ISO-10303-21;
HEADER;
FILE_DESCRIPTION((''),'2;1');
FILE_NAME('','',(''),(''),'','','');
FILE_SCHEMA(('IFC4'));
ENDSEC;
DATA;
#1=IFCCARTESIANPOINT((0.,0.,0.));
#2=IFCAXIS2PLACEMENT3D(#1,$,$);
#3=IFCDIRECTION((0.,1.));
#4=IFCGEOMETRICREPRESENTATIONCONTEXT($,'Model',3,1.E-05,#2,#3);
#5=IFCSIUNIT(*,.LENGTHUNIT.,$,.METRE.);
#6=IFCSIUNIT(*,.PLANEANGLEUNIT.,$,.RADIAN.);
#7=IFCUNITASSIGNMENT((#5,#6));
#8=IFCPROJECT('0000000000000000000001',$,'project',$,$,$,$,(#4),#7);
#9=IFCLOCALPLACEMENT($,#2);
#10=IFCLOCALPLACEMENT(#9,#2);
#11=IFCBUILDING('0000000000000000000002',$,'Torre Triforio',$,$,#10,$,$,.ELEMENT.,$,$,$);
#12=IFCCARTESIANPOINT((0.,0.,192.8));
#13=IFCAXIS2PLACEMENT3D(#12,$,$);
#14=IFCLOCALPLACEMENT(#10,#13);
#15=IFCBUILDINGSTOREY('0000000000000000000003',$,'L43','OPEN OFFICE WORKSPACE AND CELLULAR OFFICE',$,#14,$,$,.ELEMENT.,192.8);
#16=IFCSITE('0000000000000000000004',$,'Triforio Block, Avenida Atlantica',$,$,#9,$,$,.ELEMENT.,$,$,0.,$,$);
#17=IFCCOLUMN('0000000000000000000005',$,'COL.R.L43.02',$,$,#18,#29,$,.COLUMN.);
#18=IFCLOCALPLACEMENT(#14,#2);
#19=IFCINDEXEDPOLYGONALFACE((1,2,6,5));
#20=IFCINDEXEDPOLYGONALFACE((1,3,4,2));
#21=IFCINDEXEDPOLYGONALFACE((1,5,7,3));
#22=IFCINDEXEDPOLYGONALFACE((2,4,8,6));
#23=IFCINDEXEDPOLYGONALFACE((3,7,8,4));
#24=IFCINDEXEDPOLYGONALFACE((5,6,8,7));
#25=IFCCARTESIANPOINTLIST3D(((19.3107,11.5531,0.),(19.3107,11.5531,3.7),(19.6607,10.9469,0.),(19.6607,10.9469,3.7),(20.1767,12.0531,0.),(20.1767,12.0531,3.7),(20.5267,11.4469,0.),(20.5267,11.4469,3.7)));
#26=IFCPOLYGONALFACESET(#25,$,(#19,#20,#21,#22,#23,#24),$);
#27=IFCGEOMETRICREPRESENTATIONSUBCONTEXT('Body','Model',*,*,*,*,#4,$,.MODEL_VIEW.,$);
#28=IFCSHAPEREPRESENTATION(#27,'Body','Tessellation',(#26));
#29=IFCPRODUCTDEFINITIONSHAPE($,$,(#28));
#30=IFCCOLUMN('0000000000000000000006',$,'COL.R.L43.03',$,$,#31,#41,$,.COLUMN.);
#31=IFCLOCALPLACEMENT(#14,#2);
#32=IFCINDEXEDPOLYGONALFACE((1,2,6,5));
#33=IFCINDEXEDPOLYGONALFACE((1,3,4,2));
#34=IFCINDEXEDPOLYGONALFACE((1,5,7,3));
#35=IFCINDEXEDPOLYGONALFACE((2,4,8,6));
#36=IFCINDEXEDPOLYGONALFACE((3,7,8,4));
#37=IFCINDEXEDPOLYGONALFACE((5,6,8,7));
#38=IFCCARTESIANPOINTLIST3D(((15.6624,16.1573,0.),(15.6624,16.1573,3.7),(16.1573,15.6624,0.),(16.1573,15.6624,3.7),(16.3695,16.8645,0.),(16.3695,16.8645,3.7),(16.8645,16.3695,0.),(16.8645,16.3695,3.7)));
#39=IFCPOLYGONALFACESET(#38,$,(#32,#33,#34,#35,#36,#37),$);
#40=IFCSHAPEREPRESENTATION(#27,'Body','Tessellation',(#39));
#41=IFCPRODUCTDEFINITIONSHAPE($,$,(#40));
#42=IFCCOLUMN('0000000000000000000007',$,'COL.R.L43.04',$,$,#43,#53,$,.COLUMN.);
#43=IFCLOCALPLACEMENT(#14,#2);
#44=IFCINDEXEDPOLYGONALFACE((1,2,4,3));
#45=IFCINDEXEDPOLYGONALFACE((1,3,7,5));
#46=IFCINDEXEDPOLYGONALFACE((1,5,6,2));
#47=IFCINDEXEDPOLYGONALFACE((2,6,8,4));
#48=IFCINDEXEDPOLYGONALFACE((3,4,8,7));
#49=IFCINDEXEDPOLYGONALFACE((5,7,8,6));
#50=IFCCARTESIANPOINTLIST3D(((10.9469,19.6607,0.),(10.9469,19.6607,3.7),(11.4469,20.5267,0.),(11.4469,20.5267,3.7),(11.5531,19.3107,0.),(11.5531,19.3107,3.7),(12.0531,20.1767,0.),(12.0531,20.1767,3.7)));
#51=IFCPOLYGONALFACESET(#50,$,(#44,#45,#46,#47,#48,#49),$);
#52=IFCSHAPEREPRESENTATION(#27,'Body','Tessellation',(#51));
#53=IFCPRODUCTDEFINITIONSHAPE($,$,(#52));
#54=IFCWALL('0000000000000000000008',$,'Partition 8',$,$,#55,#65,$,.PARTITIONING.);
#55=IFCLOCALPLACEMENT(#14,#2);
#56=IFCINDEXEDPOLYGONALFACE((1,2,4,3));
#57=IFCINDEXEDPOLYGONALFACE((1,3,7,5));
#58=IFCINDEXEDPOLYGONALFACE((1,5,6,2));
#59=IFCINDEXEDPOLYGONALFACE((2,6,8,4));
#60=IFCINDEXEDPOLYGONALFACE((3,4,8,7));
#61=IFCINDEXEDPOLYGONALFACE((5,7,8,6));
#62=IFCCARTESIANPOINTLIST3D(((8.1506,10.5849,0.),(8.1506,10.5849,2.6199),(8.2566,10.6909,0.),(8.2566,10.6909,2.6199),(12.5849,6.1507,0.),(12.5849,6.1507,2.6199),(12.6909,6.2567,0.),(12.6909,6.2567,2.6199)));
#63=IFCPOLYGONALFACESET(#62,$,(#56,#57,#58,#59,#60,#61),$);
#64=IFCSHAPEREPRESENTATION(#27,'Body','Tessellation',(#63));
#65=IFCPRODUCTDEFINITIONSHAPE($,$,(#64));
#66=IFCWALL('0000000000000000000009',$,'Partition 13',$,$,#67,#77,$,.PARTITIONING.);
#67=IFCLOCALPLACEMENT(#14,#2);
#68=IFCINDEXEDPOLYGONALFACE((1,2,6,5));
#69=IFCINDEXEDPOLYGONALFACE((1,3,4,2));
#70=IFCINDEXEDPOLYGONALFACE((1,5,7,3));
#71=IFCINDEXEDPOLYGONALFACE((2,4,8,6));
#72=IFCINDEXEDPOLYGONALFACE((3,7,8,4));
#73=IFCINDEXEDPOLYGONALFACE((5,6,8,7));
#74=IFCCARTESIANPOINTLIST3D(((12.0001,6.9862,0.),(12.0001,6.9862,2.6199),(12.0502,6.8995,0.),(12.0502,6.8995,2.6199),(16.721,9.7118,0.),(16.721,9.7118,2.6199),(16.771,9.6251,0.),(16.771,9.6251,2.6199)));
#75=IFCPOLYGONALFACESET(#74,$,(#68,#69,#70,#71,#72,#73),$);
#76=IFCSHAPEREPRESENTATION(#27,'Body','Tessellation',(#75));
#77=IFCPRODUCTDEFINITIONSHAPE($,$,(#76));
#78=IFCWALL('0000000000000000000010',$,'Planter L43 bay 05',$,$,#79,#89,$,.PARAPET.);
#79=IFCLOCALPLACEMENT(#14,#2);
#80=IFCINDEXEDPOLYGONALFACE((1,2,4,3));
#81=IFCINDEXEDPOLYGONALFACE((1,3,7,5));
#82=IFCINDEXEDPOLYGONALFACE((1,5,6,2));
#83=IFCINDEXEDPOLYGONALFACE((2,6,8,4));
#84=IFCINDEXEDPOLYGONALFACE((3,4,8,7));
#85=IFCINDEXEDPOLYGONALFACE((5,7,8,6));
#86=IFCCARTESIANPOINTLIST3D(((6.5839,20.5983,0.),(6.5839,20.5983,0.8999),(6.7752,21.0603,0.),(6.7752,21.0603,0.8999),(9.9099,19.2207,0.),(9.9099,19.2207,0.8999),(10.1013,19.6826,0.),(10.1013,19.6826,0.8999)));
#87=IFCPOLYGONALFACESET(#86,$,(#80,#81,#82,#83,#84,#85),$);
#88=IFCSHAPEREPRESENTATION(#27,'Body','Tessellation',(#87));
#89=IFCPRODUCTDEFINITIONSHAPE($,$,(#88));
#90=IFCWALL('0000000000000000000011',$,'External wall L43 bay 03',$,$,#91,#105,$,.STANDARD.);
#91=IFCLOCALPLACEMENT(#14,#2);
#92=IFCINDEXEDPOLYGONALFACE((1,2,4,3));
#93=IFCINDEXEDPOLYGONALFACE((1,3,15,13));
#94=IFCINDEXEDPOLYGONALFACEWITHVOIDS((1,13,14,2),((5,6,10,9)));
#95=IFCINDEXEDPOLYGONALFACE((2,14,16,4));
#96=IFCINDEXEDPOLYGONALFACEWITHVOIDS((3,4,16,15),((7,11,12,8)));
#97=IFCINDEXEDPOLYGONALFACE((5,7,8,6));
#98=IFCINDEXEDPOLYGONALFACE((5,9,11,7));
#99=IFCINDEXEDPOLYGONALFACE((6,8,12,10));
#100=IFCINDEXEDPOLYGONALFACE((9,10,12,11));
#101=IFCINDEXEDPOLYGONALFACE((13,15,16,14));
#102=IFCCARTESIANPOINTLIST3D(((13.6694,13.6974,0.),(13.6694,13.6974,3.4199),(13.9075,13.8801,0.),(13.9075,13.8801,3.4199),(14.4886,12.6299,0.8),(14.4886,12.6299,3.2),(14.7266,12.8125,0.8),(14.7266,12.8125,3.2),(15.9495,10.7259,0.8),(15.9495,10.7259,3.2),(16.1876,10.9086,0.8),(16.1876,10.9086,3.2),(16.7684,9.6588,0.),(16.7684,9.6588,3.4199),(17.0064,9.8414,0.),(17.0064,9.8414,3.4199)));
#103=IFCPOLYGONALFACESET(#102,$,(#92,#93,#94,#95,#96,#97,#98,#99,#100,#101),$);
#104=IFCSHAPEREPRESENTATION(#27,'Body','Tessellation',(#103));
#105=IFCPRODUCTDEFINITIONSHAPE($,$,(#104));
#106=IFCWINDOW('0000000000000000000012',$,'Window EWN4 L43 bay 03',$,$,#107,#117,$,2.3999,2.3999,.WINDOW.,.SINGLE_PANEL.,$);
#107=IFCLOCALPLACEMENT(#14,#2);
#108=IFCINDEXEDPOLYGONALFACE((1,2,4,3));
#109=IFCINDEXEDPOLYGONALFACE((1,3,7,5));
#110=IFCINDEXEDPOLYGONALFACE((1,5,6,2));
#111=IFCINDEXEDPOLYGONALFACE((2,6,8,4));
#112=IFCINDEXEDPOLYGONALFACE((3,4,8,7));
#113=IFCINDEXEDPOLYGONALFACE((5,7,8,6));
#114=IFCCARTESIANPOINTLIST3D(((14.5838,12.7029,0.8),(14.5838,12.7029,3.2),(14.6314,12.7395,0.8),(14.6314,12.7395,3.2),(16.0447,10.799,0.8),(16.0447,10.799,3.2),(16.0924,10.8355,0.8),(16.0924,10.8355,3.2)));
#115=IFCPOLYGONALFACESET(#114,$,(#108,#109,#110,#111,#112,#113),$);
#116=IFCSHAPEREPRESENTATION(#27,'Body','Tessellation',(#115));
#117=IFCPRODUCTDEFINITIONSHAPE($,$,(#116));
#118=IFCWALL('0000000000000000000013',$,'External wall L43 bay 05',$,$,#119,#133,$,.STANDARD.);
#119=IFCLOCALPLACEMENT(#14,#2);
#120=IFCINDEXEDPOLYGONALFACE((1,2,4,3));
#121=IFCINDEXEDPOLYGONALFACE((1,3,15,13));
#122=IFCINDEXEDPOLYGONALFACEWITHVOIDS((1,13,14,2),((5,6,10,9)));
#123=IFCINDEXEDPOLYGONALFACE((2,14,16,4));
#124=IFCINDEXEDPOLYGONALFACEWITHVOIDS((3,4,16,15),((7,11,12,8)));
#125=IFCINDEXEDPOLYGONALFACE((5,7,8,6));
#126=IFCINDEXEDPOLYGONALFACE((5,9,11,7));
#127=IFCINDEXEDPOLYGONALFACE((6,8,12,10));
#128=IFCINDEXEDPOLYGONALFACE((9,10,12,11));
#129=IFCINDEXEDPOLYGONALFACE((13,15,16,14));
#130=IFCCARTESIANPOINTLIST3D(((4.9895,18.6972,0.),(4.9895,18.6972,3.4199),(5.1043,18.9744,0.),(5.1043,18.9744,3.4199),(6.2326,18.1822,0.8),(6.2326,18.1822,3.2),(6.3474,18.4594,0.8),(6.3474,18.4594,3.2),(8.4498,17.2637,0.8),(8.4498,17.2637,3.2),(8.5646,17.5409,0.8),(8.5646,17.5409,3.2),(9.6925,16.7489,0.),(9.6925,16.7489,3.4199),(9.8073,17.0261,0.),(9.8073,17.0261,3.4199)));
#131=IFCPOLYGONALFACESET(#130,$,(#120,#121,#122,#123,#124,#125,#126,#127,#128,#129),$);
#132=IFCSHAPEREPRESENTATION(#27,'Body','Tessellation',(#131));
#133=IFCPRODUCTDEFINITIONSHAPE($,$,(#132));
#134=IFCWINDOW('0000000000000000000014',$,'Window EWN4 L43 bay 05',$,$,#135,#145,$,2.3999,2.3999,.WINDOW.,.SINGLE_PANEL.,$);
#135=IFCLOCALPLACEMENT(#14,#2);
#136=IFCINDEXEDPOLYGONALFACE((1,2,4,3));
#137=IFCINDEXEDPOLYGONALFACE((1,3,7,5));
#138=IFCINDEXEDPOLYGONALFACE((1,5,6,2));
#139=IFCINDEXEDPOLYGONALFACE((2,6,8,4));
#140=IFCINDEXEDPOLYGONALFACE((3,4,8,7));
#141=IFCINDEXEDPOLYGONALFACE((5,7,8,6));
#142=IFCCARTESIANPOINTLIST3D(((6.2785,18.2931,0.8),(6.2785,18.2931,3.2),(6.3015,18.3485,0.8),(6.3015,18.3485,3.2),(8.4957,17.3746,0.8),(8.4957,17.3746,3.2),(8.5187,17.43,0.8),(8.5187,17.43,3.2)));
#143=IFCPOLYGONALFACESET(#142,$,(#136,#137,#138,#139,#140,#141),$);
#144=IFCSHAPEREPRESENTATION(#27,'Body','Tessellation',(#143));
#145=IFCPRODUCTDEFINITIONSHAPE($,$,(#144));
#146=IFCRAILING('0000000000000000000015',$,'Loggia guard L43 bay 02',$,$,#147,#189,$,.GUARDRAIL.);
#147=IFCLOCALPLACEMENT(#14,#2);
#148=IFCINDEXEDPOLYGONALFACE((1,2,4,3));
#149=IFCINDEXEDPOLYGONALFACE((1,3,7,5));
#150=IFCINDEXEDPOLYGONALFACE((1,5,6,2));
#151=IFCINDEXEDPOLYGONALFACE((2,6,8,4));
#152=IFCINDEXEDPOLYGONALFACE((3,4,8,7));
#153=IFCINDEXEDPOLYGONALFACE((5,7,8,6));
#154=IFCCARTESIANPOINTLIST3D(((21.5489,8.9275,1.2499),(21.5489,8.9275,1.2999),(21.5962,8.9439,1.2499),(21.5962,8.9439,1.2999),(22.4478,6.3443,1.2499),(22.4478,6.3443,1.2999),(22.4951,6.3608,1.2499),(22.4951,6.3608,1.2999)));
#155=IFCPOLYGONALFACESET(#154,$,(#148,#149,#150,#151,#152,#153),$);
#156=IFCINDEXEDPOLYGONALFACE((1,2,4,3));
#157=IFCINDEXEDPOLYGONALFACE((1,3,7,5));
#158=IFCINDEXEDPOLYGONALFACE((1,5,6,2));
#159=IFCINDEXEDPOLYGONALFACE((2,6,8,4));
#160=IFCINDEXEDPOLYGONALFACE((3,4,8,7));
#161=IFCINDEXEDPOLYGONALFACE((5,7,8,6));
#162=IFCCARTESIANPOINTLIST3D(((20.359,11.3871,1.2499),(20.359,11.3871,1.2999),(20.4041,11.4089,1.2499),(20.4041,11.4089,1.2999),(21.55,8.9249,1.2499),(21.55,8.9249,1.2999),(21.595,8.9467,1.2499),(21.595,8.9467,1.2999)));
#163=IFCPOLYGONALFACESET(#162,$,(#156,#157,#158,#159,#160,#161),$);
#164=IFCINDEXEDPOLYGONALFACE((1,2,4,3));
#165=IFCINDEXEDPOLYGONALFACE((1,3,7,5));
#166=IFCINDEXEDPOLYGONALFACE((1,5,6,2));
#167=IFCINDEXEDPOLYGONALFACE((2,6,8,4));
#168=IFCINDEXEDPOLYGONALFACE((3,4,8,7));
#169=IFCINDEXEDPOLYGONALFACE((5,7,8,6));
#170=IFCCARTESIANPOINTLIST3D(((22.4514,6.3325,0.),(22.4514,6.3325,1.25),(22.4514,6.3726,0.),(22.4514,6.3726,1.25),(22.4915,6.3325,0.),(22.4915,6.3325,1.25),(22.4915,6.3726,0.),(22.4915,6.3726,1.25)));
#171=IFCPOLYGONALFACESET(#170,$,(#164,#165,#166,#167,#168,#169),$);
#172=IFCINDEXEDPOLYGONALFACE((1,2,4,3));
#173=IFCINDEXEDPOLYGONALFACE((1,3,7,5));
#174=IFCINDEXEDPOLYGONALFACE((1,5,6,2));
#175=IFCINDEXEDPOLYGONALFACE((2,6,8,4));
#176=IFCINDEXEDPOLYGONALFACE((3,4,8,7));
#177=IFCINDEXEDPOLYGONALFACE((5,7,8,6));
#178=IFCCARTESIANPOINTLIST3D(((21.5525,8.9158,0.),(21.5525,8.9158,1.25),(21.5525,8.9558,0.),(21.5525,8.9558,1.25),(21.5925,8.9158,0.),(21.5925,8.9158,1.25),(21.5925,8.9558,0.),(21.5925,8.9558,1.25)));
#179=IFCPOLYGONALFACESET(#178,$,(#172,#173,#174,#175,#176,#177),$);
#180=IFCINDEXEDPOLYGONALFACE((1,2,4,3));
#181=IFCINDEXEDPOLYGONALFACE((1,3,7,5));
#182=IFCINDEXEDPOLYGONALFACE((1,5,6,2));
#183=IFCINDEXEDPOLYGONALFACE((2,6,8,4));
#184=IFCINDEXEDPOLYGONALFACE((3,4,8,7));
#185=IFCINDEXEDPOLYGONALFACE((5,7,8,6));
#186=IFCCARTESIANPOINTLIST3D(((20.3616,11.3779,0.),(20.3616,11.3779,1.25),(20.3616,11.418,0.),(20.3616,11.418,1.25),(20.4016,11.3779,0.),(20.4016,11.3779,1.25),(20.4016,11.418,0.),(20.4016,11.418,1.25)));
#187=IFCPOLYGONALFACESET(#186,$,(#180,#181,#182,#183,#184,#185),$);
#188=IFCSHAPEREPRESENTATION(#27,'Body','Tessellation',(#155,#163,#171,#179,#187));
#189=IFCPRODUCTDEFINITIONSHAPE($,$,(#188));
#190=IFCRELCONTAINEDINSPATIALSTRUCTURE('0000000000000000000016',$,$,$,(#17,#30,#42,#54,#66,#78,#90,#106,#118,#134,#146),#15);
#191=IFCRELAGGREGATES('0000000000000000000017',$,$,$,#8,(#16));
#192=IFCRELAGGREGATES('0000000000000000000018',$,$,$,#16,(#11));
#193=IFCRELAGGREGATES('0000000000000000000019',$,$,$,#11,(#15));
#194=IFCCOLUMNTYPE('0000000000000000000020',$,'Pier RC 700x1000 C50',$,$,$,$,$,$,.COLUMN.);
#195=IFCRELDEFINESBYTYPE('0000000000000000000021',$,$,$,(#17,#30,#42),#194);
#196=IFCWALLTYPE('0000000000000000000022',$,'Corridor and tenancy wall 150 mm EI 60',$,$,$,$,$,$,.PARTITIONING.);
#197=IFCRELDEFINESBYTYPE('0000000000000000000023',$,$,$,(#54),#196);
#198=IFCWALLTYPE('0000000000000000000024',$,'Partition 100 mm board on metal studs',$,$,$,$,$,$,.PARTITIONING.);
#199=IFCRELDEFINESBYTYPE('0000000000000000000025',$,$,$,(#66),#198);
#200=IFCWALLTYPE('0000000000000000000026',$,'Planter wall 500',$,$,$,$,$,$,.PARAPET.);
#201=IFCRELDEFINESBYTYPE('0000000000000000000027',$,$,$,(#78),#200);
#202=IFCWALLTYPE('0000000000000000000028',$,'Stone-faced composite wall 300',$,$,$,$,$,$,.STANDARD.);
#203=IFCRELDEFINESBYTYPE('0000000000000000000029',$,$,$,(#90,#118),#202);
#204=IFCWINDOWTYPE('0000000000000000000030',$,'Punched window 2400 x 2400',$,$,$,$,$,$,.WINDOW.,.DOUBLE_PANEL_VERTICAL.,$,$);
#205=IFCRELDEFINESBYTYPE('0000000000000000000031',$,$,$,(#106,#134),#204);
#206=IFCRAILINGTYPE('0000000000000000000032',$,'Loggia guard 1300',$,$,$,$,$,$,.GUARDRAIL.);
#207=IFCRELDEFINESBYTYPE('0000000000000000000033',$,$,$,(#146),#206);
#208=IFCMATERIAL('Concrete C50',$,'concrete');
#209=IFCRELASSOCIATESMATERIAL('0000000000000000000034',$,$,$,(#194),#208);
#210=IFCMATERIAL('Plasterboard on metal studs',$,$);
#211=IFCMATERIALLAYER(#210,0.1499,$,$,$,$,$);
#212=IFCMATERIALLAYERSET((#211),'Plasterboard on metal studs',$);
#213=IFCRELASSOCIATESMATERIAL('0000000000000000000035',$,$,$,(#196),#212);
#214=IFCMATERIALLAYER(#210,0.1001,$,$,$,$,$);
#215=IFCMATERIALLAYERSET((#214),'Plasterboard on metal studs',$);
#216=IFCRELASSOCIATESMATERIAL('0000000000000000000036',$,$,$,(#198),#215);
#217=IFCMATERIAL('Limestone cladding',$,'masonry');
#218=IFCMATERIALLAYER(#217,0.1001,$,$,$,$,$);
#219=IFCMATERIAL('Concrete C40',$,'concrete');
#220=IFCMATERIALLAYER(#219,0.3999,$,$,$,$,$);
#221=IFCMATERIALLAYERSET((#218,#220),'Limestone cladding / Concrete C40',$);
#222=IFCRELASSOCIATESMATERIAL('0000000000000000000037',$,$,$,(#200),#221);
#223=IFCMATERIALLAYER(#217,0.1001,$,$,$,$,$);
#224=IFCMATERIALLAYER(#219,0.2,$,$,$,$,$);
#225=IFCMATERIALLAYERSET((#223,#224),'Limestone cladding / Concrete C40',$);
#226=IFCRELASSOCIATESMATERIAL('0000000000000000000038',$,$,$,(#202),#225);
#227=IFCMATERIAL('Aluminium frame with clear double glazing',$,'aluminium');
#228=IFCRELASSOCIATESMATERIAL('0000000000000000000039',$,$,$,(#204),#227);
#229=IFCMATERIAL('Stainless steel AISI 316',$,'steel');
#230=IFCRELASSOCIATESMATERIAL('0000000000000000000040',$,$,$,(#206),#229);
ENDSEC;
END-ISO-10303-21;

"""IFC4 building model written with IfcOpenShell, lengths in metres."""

from ifc_helpers import new_model, si_unit, direction, frame, frame_2d, origin, origin_2d, place, context, subcontext, project, spatial, rectangle, extrude, material, layer, layer_set, material_profile, profile_set, type_object, element, fill, save


model = new_model("IFC4")

# Units and contexts
model_context = context("Model", 3, precision=1e-05, world=origin(), true_north=direction((0.0, 1.0)))
body_context = subcontext(model_context, "Body", "Model", "MODEL_VIEW")
ifc_project = project(units=[si_unit("LENGTHUNIT", "METRE"), si_unit("PLANEANGLEUNIT", "RADIAN")], contexts=[model_context])

# Site, building, storey
site_placement = place(None, origin())
site = spatial("IfcSite", under=ifc_project, at=site_placement, Name="Triforio Block, Avenida Atlantica", CompositionType="ELEMENT", RefElevation=0.0)
building_placement = place(site_placement, origin())
building = spatial("IfcBuilding", under=site, at=building_placement, Name="Torre Triforio", CompositionType="ELEMENT")
storey_placement = place(building_placement, frame((0.0, 0.0, 192.8)))
storey = spatial("IfcBuildingStorey", under=building, at=storey_placement, Name="L43", Description="OPEN OFFICE WORKSPACE AND CELLULAR OFFICE", CompositionType="ELEMENT", Elevation=192.8)

# Columns
ifc_material_1 = material(Name="Concrete C50", Category="concrete")
ifc_material_profile = material_profile(ifc_material_1, rectangle(XDim=0.7, YDim=1.0, at=origin_2d()), Name="RC 700x1000")
ifc_profile_set = profile_set([ifc_material_profile], Name="Concrete C50")
column_type = type_object("IfcColumnType", Name="Pier RC 700x1000 C50", PredefinedType="COLUMN", material=ifc_profile_set)
for number, where, z_axis, x_axis, name in (
    (1, (19.9187, 11.5, 0.0), (0.0, 0.0, 1.0), (-0.5, 0.866025, 0.0), "COL.R.L43.02"),
    (2, (16.2634, 16.2634, 0.0), (0.0, 0.0, 1.0), (-0.707107, 0.707107, 0.0), "COL.R.L43.03"),
    (3, (11.5, 19.9187, 0.0), (0.0, 0.0, 1.0), (-0.866025, 0.5, 0.0), "COL.R.L43.04"),
):
    element("IfcColumn", number, at=place(storey_placement, frame(where, z_axis=z_axis, x_axis=x_axis)), inside=storey, type_object=column_type, Name=name, PredefinedType="COLUMN", context=body_context, shape_type="SweptSolid", body=[
        extrude(rectangle(XDim=0.7, YDim=1.0, at=origin_2d()), origin(), (0.0, 0.0, 1.0), 3.7),
    ])

# Walls
ifc_material_2 = material(Name="Plasterboard on metal studs")
ifc_layer_1 = layer(ifc_material_2, 0.1499)
ifc_layer_set_1 = layer_set([ifc_layer_1], Name="Plasterboard on metal studs")
wall_type_1 = type_object("IfcWallType", Name="Corridor and tenancy wall 150 mm EI 60", PredefinedType="PARTITIONING", material=ifc_layer_set_1)
wall_1_placement = place(storey_placement, frame((8.2036, 10.6379, 0.0), z_axis=(0.0, 0.0, 1.0), x_axis=(0.707107, -0.707107, 0.0)))
element("IfcWall", 4, at=wall_1_placement, inside=storey, type_object=wall_type_1, Name="Partition 8", PredefinedType="PARTITIONING", context=body_context, shape_type="SweptSolid", body=[
    extrude(rectangle(XDim=6.271, YDim=0.1499, at=frame_2d((3.1355, 0.0))), origin(), (0.0, 0.0, 1.0), 2.6199),
])
ifc_layer_2 = layer(ifc_material_2, 0.1001)
ifc_layer_set_2 = layer_set([ifc_layer_2], Name="Plasterboard on metal studs")
wall_type_2 = type_object("IfcWallType", Name="Partition 100 mm board on metal studs", PredefinedType="PARTITIONING", material=ifc_layer_set_2)
wall_2_placement = place(storey_placement, frame((12.0251, 6.9429, 0.0), z_axis=(0.0, 0.0, 1.0), x_axis=(0.86603, 0.499993, 0.0)))
element("IfcWall", 5, at=wall_2_placement, inside=storey, type_object=wall_type_2, Name="Partition 13", PredefinedType="PARTITIONING", context=body_context, shape_type="SweptSolid", body=[
    extrude(rectangle(XDim=5.4512, YDim=0.1001, at=frame_2d((2.7256, 0.0))), origin(), (0.0, 0.0, 1.0), 2.6199),
])
ifc_material_3 = material(Name="Limestone cladding", Category="masonry")
ifc_layer_3 = layer(ifc_material_3, 0.1001)
ifc_material_4 = material(Name="Concrete C40", Category="concrete")
ifc_layer_4 = layer(ifc_material_4, 0.3999)
ifc_layer_set_3 = layer_set([ifc_layer_3, ifc_layer_4], Name="Limestone cladding / Concrete C40")
wall_type_3 = type_object("IfcWallType", Name="Planter wall 500", PredefinedType="PARAPET", material=ifc_layer_set_3)
wall_3_placement = place(storey_placement, frame((10.0056, 19.4517, 0.0), z_axis=(0.0, 0.0, 1.0), x_axis=(-0.923885, 0.382669, 0.0)))
element("IfcWall", 6, at=wall_3_placement, inside=storey, type_object=wall_type_3, Name="Planter L43 bay 05", PredefinedType="PARAPET", context=body_context, shape_type="SweptSolid", body=[
    extrude(rectangle(XDim=3.6001, YDim=0.5, at=frame_2d((1.8, 0.0))), origin(), (0.0, 0.0, 1.0), 0.8999),
])

# Wall, opening, window
ifc_layer_5 = layer(ifc_material_3, 0.1001)
ifc_layer_6 = layer(ifc_material_4, 0.2)
ifc_layer_set_4 = layer_set([ifc_layer_5, ifc_layer_6], Name="Limestone cladding / Concrete C40")
wall_type_4 = type_object("IfcWallType", Name="Stone-faced composite wall 300", PredefinedType="STANDARD", material=ifc_layer_set_4)
wall_4_placement = place(storey_placement, frame((16.8875, 9.75, 0.0), z_axis=(0.0, 0.0, 1.0), x_axis=(-0.608758, 0.793356, 0.0)))
wall_4 = element("IfcWall", 7, at=wall_4_placement, inside=storey, type_object=wall_type_4, Name="External wall L43 bay 03", PredefinedType="STANDARD", context=body_context, shape_type="SweptSolid", body=[
    extrude(rectangle(XDim=5.0906, YDim=0.3, at=frame_2d((2.5454, 0.0))), origin(), (0.0, 0.0, 1.0), 3.4199),
])
opening_1_placement = place(wall_4_placement, frame((1.3452, 0.0, 0.8)))
opening_1 = element("IfcOpeningElement", 8, at=opening_1_placement, cuts=wall_4, PredefinedType="OPENING", context=body_context, shape_type="SweptSolid", body=[
    extrude(rectangle(XDim=2.3999, YDim=2.3999, at=frame_2d((1.2, 1.2))), frame((0.0, 0.1599, 0.0), z_axis=(0.0, -1.0, 0.0), x_axis=(1.0, 0.0, 0.0)), (0.0, 0.0, 1.0), 0.3201),
])
ifc_material_5 = material(Name="Aluminium frame with clear double glazing", Category="aluminium")
window_type_1 = type_object("IfcWindowType", Name="Punched window 2400 x 2400", PartitioningType="DOUBLE_PANEL_VERTICAL", PredefinedType="WINDOW", material=ifc_material_5)
window_1_placement = place(opening_1_placement, origin())
window_1 = element("IfcWindow", 9, at=window_1_placement, inside=storey, type_object=window_type_1, Name="Window EWN4 L43 bay 03", OverallHeight=2.3999, OverallWidth=2.3999, PartitioningType="SINGLE_PANEL", PredefinedType="WINDOW", context=body_context, shape_type="SweptSolid", body=[
    extrude(rectangle(XDim=2.3999, YDim=2.3999, at=frame_2d((1.2, 1.2))), frame((0.0, 0.03, 0.0), z_axis=(0.0, -1.0, 0.0), x_axis=(1.0, 0.0, 0.0)), (0.0, 0.0, 1.0), 0.0601),
])
fill(opening_1, window_1)

# Wall, opening, window
wall_5_placement = place(storey_placement, frame((9.75, 16.8875, 0.0), z_axis=(0.0, 0.0, 1.0), x_axis=(-0.923863, 0.382725, 0.0)))
wall_5 = element("IfcWall", 10, at=wall_5_placement, inside=storey, type_object=wall_type_4, Name="External wall L43 bay 05", PredefinedType="STANDARD", context=body_context, shape_type="SweptSolid", body=[
    extrude(rectangle(XDim=5.0906, YDim=0.3, at=frame_2d((2.5454, 0.0))), origin(), (0.0, 0.0, 1.0), 3.4199),
])
opening_2_placement = place(wall_5_placement, frame((1.3452, 0.0, 0.8)))
opening_2 = element("IfcOpeningElement", 11, at=opening_2_placement, cuts=wall_5, PredefinedType="OPENING", context=body_context, shape_type="SweptSolid", body=[
    extrude(rectangle(XDim=2.3999, YDim=2.3999, at=frame_2d((1.2, 1.2))), frame((0.0, 0.1599, 0.0), z_axis=(0.0, -1.0, 0.0), x_axis=(1.0, 0.0, 0.0)), (0.0, 0.0, 1.0), 0.3201),
])
window_2_placement = place(opening_2_placement, origin())
window_2 = element("IfcWindow", 12, at=window_2_placement, inside=storey, type_object=window_type_1, Name="Window EWN4 L43 bay 05", OverallHeight=2.3999, OverallWidth=2.3999, PartitioningType="SINGLE_PANEL", PredefinedType="WINDOW", context=body_context, shape_type="SweptSolid", body=[
    extrude(rectangle(XDim=2.3999, YDim=2.3999, at=frame_2d((1.2, 1.2))), frame((0.0, 0.03, 0.0), z_axis=(0.0, -1.0, 0.0), x_axis=(1.0, 0.0, 0.0)), (0.0, 0.0, 1.0), 0.0601),
])
fill(opening_2, window_2)

# Railing
ifc_material_6 = material(Name="Stainless steel AISI 316", Category="steel")
railing_type = type_object("IfcRailingType", Name="Loggia guard 1300", PredefinedType="GUARDRAIL", material=ifc_material_6)
railing_1_placement = place(storey_placement, frame((22.4714, 6.3525, 0.0)))
element("IfcRailing", 13, at=railing_1_placement, inside=storey, type_object=railing_type, Name="Loggia guard L43 bay 02", PredefinedType="GUARDRAIL", context=body_context, shape_type="SweptSolid", body=[
    extrude(rectangle(XDim=0.05, YDim=0.05, at=origin_2d()), frame((0.0, 0.0, 1.2749), z_axis=(-0.328652, 0.944451, 0.0), x_axis=(-0.944451, -0.328652, 0.0)), (0.0, 0.0, 1.0), 2.7351),
    extrude(rectangle(XDim=0.05, YDim=0.05, at=origin_2d()), frame((-0.8989, 2.5833, 1.2749), z_axis=(-0.435428, 0.900224, 0.0), x_axis=(-0.900224, -0.435428, 0.0)), (0.0, 0.0, 1.0), 2.7351),
    extrude(rectangle(XDim=0.04, YDim=0.04, at=origin_2d()), origin(), (0.0, 0.0, 1.0), 1.25),
    extrude(rectangle(XDim=0.04, YDim=0.04, at=origin_2d()), frame((-0.8989, 2.5833, 0.0)), (0.0, 0.0, 1.0), 1.25),
    extrude(rectangle(XDim=0.04, YDim=0.04, at=origin_2d()), frame((-2.0898, 5.0454, 0.0)), (0.0, 0.0, 1.0), 1.25),
])

save(model, "model.ifc")
